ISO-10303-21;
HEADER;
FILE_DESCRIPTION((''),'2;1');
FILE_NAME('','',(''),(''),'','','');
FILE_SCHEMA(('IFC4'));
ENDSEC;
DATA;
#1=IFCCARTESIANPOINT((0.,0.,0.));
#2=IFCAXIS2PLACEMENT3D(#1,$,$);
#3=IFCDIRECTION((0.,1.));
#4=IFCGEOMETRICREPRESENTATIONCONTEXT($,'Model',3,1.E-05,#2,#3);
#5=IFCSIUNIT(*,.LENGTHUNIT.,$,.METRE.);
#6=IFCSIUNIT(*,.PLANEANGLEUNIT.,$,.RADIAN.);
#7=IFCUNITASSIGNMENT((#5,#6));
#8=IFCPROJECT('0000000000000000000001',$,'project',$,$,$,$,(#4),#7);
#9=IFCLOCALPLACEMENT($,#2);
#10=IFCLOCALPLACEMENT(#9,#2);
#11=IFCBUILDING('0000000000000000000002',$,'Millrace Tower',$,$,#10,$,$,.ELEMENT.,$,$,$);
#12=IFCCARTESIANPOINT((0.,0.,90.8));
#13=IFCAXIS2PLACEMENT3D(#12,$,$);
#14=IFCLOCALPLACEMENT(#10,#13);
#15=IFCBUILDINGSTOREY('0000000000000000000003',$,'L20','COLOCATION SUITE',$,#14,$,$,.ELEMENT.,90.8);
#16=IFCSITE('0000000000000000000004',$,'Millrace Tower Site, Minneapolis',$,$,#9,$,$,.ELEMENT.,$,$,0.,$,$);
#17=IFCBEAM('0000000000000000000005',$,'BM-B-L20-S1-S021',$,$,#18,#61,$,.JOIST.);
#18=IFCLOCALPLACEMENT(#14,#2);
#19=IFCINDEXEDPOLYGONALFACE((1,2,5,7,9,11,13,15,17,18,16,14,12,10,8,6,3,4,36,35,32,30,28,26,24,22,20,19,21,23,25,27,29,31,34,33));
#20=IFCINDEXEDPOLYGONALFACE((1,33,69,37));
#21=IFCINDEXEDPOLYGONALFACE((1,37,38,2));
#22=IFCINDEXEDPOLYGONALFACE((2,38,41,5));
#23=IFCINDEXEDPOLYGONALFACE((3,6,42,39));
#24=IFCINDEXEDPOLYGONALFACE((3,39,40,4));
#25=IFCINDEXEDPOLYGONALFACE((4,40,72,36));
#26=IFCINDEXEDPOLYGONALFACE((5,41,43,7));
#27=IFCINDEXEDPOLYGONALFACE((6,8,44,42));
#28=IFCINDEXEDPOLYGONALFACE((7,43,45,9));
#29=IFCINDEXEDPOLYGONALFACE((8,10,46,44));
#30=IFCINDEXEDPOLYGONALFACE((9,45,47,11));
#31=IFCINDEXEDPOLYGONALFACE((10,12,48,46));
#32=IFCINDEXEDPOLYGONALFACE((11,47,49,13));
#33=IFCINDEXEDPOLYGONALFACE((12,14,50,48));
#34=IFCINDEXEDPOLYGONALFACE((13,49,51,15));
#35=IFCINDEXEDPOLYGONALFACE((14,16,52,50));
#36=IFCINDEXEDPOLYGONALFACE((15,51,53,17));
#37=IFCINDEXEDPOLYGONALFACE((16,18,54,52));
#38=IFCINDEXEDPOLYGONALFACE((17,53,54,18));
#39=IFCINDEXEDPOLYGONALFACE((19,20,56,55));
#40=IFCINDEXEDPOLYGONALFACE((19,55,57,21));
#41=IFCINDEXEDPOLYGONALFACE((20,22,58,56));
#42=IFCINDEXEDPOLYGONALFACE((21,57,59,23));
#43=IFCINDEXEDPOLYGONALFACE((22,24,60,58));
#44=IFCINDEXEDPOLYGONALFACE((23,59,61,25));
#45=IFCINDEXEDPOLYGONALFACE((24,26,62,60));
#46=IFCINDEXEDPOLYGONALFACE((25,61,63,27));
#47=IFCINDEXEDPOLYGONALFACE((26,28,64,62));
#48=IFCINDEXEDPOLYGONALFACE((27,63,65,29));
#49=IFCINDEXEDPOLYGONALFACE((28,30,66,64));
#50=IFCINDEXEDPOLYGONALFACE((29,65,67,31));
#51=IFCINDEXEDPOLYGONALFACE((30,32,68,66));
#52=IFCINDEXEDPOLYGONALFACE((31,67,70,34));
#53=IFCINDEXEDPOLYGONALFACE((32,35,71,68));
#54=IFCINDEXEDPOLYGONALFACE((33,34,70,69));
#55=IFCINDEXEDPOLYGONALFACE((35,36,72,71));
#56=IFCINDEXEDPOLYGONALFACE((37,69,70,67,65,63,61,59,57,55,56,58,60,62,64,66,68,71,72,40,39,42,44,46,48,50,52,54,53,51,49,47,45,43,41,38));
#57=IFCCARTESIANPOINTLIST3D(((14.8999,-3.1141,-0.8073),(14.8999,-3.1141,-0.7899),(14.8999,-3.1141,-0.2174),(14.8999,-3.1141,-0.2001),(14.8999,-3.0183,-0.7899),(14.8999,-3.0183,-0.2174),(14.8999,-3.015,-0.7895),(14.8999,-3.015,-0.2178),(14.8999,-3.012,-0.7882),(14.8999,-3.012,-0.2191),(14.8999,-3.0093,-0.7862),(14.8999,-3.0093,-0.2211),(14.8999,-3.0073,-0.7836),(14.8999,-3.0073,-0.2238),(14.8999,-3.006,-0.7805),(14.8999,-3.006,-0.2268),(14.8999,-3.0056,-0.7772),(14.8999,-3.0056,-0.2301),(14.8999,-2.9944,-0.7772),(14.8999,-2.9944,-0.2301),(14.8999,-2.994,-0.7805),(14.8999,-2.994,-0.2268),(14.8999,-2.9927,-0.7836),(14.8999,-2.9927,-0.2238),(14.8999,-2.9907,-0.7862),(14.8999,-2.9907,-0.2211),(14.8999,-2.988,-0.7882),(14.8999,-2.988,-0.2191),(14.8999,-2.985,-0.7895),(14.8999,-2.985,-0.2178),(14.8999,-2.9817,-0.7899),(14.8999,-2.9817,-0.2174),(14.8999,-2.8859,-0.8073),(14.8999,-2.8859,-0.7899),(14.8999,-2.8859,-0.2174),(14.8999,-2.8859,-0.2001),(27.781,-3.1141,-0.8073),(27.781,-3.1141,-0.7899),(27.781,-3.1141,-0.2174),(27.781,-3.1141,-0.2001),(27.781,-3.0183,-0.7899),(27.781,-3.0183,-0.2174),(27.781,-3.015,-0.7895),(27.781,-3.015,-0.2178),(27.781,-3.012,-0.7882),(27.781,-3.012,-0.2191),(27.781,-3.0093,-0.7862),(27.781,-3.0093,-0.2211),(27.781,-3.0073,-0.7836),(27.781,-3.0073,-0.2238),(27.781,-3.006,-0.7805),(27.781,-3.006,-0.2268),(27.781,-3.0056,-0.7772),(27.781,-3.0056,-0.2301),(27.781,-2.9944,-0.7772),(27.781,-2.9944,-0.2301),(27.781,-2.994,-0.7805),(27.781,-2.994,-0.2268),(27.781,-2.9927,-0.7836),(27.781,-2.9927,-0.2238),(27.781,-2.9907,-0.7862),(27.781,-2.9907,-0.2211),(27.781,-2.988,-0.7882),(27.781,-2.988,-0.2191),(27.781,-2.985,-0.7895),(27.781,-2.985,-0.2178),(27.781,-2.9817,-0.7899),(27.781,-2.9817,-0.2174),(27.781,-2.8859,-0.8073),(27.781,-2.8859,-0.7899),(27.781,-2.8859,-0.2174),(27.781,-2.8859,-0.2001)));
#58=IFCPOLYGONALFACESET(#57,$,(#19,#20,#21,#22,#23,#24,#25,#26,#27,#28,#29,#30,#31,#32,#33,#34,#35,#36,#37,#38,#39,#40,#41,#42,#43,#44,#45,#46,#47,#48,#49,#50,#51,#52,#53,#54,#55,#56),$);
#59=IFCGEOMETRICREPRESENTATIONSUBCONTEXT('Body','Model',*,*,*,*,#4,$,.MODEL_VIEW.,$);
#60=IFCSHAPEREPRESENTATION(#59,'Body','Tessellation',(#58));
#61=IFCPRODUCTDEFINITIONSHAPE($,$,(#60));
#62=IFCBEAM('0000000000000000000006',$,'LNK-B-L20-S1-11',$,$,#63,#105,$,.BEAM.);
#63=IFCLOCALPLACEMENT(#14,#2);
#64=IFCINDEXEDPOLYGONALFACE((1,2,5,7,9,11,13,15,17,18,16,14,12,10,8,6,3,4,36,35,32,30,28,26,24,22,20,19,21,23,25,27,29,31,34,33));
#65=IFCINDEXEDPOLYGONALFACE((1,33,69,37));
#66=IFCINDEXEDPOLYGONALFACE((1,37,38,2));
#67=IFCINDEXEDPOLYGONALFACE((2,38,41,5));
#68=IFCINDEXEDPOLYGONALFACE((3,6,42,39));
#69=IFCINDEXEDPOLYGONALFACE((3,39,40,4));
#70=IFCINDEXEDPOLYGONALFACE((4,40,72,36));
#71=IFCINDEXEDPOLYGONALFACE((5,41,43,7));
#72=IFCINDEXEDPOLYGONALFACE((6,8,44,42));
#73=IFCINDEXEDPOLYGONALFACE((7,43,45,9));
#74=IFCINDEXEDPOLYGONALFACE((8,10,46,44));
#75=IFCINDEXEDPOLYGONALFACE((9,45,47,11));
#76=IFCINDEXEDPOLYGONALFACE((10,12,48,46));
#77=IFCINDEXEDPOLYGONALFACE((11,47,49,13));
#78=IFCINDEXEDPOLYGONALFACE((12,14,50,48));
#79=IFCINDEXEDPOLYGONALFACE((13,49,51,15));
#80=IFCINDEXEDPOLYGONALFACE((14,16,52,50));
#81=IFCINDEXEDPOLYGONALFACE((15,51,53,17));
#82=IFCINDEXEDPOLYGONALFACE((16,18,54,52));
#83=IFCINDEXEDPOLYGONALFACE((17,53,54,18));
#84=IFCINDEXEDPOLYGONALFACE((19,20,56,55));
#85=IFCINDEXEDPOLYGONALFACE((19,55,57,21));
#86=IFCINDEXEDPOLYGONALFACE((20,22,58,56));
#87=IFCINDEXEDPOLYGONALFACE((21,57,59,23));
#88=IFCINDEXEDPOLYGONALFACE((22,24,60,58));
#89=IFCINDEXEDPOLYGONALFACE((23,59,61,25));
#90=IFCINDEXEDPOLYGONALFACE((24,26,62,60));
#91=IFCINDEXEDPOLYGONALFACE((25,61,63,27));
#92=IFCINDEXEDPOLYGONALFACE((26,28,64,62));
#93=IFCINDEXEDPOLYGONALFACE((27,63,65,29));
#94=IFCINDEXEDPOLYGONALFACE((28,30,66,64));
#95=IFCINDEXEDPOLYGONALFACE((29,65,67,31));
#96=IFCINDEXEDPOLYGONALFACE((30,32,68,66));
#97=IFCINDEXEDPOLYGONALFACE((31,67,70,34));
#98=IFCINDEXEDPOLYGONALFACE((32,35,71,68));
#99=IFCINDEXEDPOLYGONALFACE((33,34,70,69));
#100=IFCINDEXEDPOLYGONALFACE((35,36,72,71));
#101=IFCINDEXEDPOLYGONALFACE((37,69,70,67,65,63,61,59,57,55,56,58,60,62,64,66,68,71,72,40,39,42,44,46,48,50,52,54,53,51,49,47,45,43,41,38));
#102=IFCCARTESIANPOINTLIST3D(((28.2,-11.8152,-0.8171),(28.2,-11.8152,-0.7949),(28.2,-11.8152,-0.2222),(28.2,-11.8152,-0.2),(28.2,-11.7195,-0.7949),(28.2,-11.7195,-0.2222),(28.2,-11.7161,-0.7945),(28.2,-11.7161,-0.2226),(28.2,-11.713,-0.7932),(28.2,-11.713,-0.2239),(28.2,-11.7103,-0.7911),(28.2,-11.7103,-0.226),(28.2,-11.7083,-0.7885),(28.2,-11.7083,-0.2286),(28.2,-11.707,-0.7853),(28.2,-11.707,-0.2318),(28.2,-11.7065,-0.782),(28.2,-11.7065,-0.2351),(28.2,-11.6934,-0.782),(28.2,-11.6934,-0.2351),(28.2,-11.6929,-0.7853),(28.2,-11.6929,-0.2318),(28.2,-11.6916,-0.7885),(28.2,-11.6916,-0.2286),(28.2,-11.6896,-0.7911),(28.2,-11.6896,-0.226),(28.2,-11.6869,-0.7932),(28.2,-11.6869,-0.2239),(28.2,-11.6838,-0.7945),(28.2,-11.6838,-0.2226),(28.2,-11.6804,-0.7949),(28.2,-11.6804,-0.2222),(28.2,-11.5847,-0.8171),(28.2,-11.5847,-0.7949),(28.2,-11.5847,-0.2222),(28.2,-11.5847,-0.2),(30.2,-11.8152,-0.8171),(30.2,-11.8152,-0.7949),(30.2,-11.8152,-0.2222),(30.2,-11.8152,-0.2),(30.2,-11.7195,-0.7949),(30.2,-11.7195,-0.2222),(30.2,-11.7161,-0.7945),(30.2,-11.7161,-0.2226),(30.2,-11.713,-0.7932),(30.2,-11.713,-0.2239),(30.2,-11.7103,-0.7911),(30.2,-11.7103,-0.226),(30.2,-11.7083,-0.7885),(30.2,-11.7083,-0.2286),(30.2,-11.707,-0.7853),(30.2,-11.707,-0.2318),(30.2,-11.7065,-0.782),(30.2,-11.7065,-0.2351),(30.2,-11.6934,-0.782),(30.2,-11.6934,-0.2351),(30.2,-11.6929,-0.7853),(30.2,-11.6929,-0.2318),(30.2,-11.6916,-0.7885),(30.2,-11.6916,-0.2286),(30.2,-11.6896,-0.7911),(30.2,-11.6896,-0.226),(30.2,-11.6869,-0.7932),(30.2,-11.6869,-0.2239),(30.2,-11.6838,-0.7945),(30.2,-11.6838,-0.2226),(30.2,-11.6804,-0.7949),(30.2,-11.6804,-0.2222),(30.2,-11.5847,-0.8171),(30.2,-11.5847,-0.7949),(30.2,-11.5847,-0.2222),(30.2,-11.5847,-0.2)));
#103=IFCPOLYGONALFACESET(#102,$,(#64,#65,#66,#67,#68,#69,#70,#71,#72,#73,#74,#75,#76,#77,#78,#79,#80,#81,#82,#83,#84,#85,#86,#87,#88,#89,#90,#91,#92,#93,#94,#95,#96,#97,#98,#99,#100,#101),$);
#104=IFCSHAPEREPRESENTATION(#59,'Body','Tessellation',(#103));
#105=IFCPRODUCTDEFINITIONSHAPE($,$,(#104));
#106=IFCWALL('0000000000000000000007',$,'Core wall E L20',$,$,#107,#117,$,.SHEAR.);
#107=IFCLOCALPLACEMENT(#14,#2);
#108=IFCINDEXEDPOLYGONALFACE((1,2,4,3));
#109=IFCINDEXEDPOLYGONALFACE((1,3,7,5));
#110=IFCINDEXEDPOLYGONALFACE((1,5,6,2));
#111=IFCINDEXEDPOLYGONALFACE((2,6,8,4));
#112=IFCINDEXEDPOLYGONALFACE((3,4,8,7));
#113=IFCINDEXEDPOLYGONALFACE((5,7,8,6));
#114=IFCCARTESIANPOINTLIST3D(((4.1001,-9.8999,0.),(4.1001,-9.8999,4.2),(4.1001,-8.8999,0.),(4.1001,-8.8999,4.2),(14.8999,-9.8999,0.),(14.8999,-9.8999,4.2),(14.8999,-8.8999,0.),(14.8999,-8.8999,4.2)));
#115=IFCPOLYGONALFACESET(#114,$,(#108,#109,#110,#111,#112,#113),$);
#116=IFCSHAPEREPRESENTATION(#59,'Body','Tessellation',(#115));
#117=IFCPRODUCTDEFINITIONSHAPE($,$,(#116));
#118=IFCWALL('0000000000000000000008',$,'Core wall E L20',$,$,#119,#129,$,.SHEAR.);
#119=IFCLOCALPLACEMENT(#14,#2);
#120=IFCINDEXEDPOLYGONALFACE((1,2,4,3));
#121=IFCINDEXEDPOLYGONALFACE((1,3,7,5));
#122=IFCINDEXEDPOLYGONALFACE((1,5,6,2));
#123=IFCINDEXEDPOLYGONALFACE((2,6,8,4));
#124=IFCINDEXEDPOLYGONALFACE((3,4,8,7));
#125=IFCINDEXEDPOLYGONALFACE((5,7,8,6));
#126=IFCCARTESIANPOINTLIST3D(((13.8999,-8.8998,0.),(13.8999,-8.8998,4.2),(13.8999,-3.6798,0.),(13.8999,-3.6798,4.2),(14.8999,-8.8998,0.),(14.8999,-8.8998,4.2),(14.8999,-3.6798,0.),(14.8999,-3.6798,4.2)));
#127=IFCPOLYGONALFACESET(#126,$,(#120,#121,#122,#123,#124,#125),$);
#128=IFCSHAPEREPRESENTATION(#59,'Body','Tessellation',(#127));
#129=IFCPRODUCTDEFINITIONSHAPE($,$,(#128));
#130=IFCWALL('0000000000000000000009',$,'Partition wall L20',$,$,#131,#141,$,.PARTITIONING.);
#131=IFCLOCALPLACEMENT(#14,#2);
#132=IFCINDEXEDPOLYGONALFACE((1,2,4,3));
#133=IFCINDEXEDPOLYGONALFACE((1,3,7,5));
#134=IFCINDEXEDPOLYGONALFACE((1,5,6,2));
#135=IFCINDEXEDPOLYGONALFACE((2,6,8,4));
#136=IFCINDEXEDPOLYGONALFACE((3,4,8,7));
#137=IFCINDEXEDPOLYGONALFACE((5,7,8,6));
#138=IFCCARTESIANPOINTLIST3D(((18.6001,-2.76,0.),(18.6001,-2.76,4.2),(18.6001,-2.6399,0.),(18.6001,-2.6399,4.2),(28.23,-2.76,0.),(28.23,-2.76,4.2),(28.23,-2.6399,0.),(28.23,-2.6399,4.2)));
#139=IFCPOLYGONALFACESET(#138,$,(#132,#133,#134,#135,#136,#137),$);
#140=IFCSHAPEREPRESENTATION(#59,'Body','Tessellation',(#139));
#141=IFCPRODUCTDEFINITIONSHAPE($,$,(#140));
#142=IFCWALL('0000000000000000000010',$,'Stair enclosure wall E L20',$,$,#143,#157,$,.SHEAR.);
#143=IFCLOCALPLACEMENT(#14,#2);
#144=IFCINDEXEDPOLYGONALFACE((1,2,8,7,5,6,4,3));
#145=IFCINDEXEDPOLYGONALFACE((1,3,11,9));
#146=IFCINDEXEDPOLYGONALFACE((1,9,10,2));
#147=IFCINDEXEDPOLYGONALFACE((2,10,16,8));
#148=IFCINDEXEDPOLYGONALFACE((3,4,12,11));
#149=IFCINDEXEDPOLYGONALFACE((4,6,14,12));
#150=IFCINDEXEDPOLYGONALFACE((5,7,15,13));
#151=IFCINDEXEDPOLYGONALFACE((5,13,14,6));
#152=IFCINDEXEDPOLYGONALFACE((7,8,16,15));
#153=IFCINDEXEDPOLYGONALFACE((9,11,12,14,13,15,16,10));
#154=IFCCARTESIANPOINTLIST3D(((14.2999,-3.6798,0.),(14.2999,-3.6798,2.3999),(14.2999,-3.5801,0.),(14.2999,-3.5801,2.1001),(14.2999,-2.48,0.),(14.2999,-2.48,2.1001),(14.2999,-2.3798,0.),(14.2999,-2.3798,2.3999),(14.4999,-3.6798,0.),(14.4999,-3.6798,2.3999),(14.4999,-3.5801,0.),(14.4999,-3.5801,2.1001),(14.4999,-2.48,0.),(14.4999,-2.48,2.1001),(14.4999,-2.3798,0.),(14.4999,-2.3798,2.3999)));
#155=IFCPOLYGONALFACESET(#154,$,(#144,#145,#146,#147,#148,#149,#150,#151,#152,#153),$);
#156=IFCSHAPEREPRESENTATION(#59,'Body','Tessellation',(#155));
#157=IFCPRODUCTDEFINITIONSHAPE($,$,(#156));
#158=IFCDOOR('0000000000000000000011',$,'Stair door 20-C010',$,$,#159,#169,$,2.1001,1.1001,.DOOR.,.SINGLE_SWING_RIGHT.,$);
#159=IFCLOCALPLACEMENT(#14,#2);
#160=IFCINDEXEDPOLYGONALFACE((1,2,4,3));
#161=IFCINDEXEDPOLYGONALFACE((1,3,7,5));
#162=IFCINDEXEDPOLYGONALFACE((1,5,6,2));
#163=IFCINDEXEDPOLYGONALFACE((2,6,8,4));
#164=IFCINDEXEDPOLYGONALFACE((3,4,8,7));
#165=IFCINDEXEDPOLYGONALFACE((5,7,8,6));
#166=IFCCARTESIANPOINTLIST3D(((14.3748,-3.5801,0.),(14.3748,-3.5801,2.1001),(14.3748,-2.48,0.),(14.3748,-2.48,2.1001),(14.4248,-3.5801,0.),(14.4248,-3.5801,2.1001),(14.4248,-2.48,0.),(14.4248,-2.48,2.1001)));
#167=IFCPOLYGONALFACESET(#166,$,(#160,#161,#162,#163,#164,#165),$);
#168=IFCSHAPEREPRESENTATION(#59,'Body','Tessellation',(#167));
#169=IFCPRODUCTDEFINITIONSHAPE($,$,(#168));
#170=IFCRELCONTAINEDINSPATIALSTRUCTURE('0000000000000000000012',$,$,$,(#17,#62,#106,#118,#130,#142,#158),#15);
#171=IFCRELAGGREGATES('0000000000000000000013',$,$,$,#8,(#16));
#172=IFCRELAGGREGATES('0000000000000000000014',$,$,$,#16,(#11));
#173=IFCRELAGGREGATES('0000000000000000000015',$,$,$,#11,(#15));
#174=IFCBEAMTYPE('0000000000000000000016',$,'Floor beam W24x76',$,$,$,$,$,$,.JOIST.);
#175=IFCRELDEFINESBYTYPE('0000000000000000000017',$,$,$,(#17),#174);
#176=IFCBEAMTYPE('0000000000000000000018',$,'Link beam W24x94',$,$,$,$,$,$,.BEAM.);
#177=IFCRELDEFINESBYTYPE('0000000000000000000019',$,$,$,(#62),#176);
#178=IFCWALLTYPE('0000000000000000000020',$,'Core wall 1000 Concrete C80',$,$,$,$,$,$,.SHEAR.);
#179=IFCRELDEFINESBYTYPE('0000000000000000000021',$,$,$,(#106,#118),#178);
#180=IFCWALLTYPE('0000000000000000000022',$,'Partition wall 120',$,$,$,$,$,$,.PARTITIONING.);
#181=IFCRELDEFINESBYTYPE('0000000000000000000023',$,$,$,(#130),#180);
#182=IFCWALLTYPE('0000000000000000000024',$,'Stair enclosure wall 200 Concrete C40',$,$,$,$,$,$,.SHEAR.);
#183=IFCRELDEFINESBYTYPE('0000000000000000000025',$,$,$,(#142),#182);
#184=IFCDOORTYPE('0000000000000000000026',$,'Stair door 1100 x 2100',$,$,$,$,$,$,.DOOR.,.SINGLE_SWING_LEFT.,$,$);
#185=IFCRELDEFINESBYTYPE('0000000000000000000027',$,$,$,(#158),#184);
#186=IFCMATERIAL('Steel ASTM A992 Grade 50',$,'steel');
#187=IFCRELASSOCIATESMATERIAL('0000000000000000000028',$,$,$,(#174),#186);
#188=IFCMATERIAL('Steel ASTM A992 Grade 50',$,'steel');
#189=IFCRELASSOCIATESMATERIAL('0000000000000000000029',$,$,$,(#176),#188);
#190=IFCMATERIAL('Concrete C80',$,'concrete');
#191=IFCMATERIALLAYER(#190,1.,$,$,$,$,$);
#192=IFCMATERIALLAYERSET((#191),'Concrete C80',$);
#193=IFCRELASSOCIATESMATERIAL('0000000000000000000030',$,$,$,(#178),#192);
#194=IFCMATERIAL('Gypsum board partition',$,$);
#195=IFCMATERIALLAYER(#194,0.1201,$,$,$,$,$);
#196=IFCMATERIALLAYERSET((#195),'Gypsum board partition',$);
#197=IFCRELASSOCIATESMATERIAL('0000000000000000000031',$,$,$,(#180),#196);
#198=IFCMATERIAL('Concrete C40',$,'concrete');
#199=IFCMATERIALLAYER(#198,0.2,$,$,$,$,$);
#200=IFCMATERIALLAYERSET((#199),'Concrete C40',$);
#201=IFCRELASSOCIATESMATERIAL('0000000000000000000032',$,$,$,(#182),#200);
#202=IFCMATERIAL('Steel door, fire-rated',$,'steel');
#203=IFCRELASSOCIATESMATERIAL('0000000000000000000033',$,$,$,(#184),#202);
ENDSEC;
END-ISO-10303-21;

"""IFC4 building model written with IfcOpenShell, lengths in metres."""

from ifc_helpers import new_model, si_unit, direction, frame, frame_2d, origin, origin_2d, place, context, subcontext, project, spatial, rectangle, i_section, extrude, material, layer, layer_set, material_profile, profile_set, type_object, element, fill, save


model = new_model("IFC4")

# Units and contexts
model_context = context("Model", 3, precision=1e-05, world=origin(), true_north=direction((0.0, 1.0)))
body_context = subcontext(model_context, "Body", "Model", "MODEL_VIEW")
ifc_project = project(units=[si_unit("LENGTHUNIT", "METRE"), si_unit("PLANEANGLEUNIT", "RADIAN")], contexts=[model_context])

# Site, building, storey
site_placement = place(None, origin())
site = spatial("IfcSite", under=ifc_project, at=site_placement, Name="Millrace Tower Site, Minneapolis", CompositionType="ELEMENT", RefElevation=0.0)
building_placement = place(site_placement, origin())
building = spatial("IfcBuilding", under=site, at=building_placement, Name="Millrace Tower", CompositionType="ELEMENT")
storey_placement = place(building_placement, frame((0.0, 0.0, 90.8)))
storey = spatial("IfcBuildingStorey", under=building, at=storey_placement, Name="L20", Description="COLOCATION SUITE", CompositionType="ELEMENT", Elevation=90.8)

# Beams
ifc_material_1 = material(Name="Steel ASTM A992 Grade 50", Category="steel")
ifc_material_profile_1 = material_profile(ifc_material_1, i_section(OverallWidth=0.2283, OverallDepth=0.6072, WebThickness=0.0112, FlangeThickness=0.0173, FilletRadius=0.0127, at=origin_2d()))
ifc_profile_set_1 = profile_set([ifc_material_profile_1], Name="Steel ASTM A992 Grade 50")
beam_type_1 = type_object("IfcBeamType", Name="Floor beam W24x76", PredefinedType="JOIST", material=ifc_profile_set_1)
for number, where, z_axis, x_axis, name in (
    (1, (14.8999, -3.0, -0.5037), (1.0, 0.0, 0.0), (0.0, 1.0, 0.0), "BM-B-L20-S1-S021"),
):
    element("IfcBeam", number, at=place(storey_placement, frame(where, z_axis=z_axis, x_axis=x_axis)), inside=storey, type_object=beam_type_1, Name=name, PredefinedType="JOIST", context=body_context, shape_type="SweptSolid", body=[
        extrude(i_section(OverallWidth=0.2283, OverallDepth=0.6072, WebThickness=0.0112, FlangeThickness=0.0173, FilletRadius=0.0127, at=origin_2d()), origin(), (0.0, 0.0, 1.0), 12.8811),
    ])
ifc_material_2 = material(Name="Steel ASTM A992 Grade 50", Category="steel")
ifc_material_profile_2 = material_profile(ifc_material_2, i_section(OverallWidth=0.2305, OverallDepth=0.6172, WebThickness=0.0132, FlangeThickness=0.0222, FilletRadius=0.0129, at=origin_2d()))
ifc_profile_set_2 = profile_set([ifc_material_profile_2], Name="Steel ASTM A992 Grade 50")
beam_type_2 = type_object("IfcBeamType", Name="Link beam W24x94", PredefinedType="BEAM", material=ifc_profile_set_2)
beam_1_placement = place(storey_placement, frame((28.2, -11.7, -0.5085), z_axis=(1.0, 0.0, 0.0), x_axis=(0.0, 1.0, 0.0)))
element("IfcBeam", 2, at=beam_1_placement, inside=storey, type_object=beam_type_2, Name="LNK-B-L20-S1-11", PredefinedType="BEAM", context=body_context, shape_type="SweptSolid", body=[
    extrude(i_section(OverallWidth=0.2305, OverallDepth=0.6172, WebThickness=0.0132, FlangeThickness=0.0222, FilletRadius=0.0129, at=origin_2d()), origin(), (0.0, 0.0, 1.0), 2.0),
])

# Walls
ifc_material_3 = material(Name="Concrete C80", Category="concrete")
ifc_layer_1 = layer(ifc_material_3, 1.0)
ifc_layer_set_1 = layer_set([ifc_layer_1], Name="Concrete C80")
wall_type_1 = type_object("IfcWallType", Name="Core wall 1000 Concrete C80", PredefinedType="SHEAR", material=ifc_layer_set_1)
wall_1_placement = place(storey_placement, frame((14.8999, -9.3999, 0.0), z_axis=(0.0, 0.0, 1.0), x_axis=(-1.0, 0.0, 0.0)))
element("IfcWall", 3, at=wall_1_placement, inside=storey, type_object=wall_type_1, Name="Core wall E L20", PredefinedType="SHEAR", context=body_context, shape_type="SweptSolid", body=[
    extrude(rectangle(XDim=10.7998, YDim=1.0, at=frame_2d((5.3999, 0.0))), origin(), (0.0, 0.0, 1.0), 4.2),
])
wall_2_placement = place(storey_placement, frame((14.3999, -3.6799, 0.0), z_axis=(0.0, 0.0, 1.0), x_axis=(0.0, -1.0, 0.0)))
element("IfcWall", 4, at=wall_2_placement, inside=storey, type_object=wall_type_1, Name="Core wall E L20", PredefinedType="SHEAR", context=body_context, shape_type="SweptSolid", body=[
    extrude(rectangle(XDim=5.22, YDim=1.0, at=frame_2d((2.6099, 0.0))), origin(), (0.0, 0.0, 1.0), 4.2),
])
ifc_material_4 = material(Name="Gypsum board partition")
ifc_layer_2 = layer(ifc_material_4, 0.1201)
ifc_layer_set_2 = layer_set([ifc_layer_2], Name="Gypsum board partition")
wall_type_2 = type_object("IfcWallType", Name="Partition wall 120", PredefinedType="PARTITIONING", material=ifc_layer_set_2)
wall_3_placement = place(storey_placement, frame((18.6001, -2.7, 0.0), z_axis=(0.0, 0.0, 1.0), x_axis=(1.0, 0.0, 0.0)))
element("IfcWall", 5, at=wall_3_placement, inside=storey, type_object=wall_type_2, Name="Partition wall L20", PredefinedType="PARTITIONING", context=body_context, shape_type="SweptSolid", body=[
    extrude(rectangle(XDim=9.6299, YDim=0.1201, at=frame_2d((4.8149, 0.0))), origin(), (0.0, 0.0, 1.0), 4.2),
])

# Wall, opening, door
ifc_material_5 = material(Name="Concrete C40", Category="concrete")
ifc_layer_3 = layer(ifc_material_5, 0.2)
ifc_layer_set_3 = layer_set([ifc_layer_3], Name="Concrete C40")
wall_type_3 = type_object("IfcWallType", Name="Stair enclosure wall 200 Concrete C40", PredefinedType="SHEAR", material=ifc_layer_set_3)
wall_4_placement = place(storey_placement, frame((14.3999, -2.3799, 0.0), z_axis=(0.0, 0.0, 1.0), x_axis=(0.0, -1.0, 0.0)))
wall_4 = element("IfcWall", 6, at=wall_4_placement, inside=storey, type_object=wall_type_3, Name="Stair enclosure wall E L20", PredefinedType="SHEAR", context=body_context, shape_type="SweptSolid", body=[
    extrude(rectangle(XDim=1.3, YDim=0.2, at=frame_2d((0.6499, 0.0))), origin(), (0.0, 0.0, 1.0), 2.3999),
])
opening_1_placement = place(wall_4_placement, frame((0.1001, 0.0, 0.0)))
opening_1 = element("IfcOpeningElement", 7, at=opening_1_placement, cuts=wall_4, PredefinedType="OPENING", context=body_context, shape_type="SweptSolid", body=[
    extrude(rectangle(XDim=1.1001, YDim=2.1001, at=frame_2d((0.55, 1.05))), frame((0.0, 0.1099, 0.0), z_axis=(0.0, -1.0, 0.0), x_axis=(1.0, 0.0, 0.0)), (0.0, 0.0, 1.0), 0.22),
])
ifc_material_6 = material(Name="Steel door, fire-rated", Category="steel")
door_type_1 = type_object("IfcDoorType", Name="Stair door 1100 x 2100", OperationType="SINGLE_SWING_LEFT", PredefinedType="DOOR", material=ifc_material_6)
door_1_placement = place(opening_1_placement, origin())
door_1 = element("IfcDoor", 8, at=door_1_placement, inside=storey, type_object=door_type_1, Name="Stair door 20-C010", OperationType="SINGLE_SWING_RIGHT", OverallHeight=2.1001, OverallWidth=1.1001, PredefinedType="DOOR", context=body_context, shape_type="SweptSolid", body=[
    extrude(rectangle(XDim=1.1001, YDim=2.1001, at=frame_2d((0.55, 1.05))), frame((0.0, 0.0249, 0.0), z_axis=(0.0, -1.0, 0.0), x_axis=(1.0, 0.0, 0.0)), (0.0, 0.0, 1.0), 0.05),
])
fill(opening_1, door_1)

save(model, "model.ifc")
